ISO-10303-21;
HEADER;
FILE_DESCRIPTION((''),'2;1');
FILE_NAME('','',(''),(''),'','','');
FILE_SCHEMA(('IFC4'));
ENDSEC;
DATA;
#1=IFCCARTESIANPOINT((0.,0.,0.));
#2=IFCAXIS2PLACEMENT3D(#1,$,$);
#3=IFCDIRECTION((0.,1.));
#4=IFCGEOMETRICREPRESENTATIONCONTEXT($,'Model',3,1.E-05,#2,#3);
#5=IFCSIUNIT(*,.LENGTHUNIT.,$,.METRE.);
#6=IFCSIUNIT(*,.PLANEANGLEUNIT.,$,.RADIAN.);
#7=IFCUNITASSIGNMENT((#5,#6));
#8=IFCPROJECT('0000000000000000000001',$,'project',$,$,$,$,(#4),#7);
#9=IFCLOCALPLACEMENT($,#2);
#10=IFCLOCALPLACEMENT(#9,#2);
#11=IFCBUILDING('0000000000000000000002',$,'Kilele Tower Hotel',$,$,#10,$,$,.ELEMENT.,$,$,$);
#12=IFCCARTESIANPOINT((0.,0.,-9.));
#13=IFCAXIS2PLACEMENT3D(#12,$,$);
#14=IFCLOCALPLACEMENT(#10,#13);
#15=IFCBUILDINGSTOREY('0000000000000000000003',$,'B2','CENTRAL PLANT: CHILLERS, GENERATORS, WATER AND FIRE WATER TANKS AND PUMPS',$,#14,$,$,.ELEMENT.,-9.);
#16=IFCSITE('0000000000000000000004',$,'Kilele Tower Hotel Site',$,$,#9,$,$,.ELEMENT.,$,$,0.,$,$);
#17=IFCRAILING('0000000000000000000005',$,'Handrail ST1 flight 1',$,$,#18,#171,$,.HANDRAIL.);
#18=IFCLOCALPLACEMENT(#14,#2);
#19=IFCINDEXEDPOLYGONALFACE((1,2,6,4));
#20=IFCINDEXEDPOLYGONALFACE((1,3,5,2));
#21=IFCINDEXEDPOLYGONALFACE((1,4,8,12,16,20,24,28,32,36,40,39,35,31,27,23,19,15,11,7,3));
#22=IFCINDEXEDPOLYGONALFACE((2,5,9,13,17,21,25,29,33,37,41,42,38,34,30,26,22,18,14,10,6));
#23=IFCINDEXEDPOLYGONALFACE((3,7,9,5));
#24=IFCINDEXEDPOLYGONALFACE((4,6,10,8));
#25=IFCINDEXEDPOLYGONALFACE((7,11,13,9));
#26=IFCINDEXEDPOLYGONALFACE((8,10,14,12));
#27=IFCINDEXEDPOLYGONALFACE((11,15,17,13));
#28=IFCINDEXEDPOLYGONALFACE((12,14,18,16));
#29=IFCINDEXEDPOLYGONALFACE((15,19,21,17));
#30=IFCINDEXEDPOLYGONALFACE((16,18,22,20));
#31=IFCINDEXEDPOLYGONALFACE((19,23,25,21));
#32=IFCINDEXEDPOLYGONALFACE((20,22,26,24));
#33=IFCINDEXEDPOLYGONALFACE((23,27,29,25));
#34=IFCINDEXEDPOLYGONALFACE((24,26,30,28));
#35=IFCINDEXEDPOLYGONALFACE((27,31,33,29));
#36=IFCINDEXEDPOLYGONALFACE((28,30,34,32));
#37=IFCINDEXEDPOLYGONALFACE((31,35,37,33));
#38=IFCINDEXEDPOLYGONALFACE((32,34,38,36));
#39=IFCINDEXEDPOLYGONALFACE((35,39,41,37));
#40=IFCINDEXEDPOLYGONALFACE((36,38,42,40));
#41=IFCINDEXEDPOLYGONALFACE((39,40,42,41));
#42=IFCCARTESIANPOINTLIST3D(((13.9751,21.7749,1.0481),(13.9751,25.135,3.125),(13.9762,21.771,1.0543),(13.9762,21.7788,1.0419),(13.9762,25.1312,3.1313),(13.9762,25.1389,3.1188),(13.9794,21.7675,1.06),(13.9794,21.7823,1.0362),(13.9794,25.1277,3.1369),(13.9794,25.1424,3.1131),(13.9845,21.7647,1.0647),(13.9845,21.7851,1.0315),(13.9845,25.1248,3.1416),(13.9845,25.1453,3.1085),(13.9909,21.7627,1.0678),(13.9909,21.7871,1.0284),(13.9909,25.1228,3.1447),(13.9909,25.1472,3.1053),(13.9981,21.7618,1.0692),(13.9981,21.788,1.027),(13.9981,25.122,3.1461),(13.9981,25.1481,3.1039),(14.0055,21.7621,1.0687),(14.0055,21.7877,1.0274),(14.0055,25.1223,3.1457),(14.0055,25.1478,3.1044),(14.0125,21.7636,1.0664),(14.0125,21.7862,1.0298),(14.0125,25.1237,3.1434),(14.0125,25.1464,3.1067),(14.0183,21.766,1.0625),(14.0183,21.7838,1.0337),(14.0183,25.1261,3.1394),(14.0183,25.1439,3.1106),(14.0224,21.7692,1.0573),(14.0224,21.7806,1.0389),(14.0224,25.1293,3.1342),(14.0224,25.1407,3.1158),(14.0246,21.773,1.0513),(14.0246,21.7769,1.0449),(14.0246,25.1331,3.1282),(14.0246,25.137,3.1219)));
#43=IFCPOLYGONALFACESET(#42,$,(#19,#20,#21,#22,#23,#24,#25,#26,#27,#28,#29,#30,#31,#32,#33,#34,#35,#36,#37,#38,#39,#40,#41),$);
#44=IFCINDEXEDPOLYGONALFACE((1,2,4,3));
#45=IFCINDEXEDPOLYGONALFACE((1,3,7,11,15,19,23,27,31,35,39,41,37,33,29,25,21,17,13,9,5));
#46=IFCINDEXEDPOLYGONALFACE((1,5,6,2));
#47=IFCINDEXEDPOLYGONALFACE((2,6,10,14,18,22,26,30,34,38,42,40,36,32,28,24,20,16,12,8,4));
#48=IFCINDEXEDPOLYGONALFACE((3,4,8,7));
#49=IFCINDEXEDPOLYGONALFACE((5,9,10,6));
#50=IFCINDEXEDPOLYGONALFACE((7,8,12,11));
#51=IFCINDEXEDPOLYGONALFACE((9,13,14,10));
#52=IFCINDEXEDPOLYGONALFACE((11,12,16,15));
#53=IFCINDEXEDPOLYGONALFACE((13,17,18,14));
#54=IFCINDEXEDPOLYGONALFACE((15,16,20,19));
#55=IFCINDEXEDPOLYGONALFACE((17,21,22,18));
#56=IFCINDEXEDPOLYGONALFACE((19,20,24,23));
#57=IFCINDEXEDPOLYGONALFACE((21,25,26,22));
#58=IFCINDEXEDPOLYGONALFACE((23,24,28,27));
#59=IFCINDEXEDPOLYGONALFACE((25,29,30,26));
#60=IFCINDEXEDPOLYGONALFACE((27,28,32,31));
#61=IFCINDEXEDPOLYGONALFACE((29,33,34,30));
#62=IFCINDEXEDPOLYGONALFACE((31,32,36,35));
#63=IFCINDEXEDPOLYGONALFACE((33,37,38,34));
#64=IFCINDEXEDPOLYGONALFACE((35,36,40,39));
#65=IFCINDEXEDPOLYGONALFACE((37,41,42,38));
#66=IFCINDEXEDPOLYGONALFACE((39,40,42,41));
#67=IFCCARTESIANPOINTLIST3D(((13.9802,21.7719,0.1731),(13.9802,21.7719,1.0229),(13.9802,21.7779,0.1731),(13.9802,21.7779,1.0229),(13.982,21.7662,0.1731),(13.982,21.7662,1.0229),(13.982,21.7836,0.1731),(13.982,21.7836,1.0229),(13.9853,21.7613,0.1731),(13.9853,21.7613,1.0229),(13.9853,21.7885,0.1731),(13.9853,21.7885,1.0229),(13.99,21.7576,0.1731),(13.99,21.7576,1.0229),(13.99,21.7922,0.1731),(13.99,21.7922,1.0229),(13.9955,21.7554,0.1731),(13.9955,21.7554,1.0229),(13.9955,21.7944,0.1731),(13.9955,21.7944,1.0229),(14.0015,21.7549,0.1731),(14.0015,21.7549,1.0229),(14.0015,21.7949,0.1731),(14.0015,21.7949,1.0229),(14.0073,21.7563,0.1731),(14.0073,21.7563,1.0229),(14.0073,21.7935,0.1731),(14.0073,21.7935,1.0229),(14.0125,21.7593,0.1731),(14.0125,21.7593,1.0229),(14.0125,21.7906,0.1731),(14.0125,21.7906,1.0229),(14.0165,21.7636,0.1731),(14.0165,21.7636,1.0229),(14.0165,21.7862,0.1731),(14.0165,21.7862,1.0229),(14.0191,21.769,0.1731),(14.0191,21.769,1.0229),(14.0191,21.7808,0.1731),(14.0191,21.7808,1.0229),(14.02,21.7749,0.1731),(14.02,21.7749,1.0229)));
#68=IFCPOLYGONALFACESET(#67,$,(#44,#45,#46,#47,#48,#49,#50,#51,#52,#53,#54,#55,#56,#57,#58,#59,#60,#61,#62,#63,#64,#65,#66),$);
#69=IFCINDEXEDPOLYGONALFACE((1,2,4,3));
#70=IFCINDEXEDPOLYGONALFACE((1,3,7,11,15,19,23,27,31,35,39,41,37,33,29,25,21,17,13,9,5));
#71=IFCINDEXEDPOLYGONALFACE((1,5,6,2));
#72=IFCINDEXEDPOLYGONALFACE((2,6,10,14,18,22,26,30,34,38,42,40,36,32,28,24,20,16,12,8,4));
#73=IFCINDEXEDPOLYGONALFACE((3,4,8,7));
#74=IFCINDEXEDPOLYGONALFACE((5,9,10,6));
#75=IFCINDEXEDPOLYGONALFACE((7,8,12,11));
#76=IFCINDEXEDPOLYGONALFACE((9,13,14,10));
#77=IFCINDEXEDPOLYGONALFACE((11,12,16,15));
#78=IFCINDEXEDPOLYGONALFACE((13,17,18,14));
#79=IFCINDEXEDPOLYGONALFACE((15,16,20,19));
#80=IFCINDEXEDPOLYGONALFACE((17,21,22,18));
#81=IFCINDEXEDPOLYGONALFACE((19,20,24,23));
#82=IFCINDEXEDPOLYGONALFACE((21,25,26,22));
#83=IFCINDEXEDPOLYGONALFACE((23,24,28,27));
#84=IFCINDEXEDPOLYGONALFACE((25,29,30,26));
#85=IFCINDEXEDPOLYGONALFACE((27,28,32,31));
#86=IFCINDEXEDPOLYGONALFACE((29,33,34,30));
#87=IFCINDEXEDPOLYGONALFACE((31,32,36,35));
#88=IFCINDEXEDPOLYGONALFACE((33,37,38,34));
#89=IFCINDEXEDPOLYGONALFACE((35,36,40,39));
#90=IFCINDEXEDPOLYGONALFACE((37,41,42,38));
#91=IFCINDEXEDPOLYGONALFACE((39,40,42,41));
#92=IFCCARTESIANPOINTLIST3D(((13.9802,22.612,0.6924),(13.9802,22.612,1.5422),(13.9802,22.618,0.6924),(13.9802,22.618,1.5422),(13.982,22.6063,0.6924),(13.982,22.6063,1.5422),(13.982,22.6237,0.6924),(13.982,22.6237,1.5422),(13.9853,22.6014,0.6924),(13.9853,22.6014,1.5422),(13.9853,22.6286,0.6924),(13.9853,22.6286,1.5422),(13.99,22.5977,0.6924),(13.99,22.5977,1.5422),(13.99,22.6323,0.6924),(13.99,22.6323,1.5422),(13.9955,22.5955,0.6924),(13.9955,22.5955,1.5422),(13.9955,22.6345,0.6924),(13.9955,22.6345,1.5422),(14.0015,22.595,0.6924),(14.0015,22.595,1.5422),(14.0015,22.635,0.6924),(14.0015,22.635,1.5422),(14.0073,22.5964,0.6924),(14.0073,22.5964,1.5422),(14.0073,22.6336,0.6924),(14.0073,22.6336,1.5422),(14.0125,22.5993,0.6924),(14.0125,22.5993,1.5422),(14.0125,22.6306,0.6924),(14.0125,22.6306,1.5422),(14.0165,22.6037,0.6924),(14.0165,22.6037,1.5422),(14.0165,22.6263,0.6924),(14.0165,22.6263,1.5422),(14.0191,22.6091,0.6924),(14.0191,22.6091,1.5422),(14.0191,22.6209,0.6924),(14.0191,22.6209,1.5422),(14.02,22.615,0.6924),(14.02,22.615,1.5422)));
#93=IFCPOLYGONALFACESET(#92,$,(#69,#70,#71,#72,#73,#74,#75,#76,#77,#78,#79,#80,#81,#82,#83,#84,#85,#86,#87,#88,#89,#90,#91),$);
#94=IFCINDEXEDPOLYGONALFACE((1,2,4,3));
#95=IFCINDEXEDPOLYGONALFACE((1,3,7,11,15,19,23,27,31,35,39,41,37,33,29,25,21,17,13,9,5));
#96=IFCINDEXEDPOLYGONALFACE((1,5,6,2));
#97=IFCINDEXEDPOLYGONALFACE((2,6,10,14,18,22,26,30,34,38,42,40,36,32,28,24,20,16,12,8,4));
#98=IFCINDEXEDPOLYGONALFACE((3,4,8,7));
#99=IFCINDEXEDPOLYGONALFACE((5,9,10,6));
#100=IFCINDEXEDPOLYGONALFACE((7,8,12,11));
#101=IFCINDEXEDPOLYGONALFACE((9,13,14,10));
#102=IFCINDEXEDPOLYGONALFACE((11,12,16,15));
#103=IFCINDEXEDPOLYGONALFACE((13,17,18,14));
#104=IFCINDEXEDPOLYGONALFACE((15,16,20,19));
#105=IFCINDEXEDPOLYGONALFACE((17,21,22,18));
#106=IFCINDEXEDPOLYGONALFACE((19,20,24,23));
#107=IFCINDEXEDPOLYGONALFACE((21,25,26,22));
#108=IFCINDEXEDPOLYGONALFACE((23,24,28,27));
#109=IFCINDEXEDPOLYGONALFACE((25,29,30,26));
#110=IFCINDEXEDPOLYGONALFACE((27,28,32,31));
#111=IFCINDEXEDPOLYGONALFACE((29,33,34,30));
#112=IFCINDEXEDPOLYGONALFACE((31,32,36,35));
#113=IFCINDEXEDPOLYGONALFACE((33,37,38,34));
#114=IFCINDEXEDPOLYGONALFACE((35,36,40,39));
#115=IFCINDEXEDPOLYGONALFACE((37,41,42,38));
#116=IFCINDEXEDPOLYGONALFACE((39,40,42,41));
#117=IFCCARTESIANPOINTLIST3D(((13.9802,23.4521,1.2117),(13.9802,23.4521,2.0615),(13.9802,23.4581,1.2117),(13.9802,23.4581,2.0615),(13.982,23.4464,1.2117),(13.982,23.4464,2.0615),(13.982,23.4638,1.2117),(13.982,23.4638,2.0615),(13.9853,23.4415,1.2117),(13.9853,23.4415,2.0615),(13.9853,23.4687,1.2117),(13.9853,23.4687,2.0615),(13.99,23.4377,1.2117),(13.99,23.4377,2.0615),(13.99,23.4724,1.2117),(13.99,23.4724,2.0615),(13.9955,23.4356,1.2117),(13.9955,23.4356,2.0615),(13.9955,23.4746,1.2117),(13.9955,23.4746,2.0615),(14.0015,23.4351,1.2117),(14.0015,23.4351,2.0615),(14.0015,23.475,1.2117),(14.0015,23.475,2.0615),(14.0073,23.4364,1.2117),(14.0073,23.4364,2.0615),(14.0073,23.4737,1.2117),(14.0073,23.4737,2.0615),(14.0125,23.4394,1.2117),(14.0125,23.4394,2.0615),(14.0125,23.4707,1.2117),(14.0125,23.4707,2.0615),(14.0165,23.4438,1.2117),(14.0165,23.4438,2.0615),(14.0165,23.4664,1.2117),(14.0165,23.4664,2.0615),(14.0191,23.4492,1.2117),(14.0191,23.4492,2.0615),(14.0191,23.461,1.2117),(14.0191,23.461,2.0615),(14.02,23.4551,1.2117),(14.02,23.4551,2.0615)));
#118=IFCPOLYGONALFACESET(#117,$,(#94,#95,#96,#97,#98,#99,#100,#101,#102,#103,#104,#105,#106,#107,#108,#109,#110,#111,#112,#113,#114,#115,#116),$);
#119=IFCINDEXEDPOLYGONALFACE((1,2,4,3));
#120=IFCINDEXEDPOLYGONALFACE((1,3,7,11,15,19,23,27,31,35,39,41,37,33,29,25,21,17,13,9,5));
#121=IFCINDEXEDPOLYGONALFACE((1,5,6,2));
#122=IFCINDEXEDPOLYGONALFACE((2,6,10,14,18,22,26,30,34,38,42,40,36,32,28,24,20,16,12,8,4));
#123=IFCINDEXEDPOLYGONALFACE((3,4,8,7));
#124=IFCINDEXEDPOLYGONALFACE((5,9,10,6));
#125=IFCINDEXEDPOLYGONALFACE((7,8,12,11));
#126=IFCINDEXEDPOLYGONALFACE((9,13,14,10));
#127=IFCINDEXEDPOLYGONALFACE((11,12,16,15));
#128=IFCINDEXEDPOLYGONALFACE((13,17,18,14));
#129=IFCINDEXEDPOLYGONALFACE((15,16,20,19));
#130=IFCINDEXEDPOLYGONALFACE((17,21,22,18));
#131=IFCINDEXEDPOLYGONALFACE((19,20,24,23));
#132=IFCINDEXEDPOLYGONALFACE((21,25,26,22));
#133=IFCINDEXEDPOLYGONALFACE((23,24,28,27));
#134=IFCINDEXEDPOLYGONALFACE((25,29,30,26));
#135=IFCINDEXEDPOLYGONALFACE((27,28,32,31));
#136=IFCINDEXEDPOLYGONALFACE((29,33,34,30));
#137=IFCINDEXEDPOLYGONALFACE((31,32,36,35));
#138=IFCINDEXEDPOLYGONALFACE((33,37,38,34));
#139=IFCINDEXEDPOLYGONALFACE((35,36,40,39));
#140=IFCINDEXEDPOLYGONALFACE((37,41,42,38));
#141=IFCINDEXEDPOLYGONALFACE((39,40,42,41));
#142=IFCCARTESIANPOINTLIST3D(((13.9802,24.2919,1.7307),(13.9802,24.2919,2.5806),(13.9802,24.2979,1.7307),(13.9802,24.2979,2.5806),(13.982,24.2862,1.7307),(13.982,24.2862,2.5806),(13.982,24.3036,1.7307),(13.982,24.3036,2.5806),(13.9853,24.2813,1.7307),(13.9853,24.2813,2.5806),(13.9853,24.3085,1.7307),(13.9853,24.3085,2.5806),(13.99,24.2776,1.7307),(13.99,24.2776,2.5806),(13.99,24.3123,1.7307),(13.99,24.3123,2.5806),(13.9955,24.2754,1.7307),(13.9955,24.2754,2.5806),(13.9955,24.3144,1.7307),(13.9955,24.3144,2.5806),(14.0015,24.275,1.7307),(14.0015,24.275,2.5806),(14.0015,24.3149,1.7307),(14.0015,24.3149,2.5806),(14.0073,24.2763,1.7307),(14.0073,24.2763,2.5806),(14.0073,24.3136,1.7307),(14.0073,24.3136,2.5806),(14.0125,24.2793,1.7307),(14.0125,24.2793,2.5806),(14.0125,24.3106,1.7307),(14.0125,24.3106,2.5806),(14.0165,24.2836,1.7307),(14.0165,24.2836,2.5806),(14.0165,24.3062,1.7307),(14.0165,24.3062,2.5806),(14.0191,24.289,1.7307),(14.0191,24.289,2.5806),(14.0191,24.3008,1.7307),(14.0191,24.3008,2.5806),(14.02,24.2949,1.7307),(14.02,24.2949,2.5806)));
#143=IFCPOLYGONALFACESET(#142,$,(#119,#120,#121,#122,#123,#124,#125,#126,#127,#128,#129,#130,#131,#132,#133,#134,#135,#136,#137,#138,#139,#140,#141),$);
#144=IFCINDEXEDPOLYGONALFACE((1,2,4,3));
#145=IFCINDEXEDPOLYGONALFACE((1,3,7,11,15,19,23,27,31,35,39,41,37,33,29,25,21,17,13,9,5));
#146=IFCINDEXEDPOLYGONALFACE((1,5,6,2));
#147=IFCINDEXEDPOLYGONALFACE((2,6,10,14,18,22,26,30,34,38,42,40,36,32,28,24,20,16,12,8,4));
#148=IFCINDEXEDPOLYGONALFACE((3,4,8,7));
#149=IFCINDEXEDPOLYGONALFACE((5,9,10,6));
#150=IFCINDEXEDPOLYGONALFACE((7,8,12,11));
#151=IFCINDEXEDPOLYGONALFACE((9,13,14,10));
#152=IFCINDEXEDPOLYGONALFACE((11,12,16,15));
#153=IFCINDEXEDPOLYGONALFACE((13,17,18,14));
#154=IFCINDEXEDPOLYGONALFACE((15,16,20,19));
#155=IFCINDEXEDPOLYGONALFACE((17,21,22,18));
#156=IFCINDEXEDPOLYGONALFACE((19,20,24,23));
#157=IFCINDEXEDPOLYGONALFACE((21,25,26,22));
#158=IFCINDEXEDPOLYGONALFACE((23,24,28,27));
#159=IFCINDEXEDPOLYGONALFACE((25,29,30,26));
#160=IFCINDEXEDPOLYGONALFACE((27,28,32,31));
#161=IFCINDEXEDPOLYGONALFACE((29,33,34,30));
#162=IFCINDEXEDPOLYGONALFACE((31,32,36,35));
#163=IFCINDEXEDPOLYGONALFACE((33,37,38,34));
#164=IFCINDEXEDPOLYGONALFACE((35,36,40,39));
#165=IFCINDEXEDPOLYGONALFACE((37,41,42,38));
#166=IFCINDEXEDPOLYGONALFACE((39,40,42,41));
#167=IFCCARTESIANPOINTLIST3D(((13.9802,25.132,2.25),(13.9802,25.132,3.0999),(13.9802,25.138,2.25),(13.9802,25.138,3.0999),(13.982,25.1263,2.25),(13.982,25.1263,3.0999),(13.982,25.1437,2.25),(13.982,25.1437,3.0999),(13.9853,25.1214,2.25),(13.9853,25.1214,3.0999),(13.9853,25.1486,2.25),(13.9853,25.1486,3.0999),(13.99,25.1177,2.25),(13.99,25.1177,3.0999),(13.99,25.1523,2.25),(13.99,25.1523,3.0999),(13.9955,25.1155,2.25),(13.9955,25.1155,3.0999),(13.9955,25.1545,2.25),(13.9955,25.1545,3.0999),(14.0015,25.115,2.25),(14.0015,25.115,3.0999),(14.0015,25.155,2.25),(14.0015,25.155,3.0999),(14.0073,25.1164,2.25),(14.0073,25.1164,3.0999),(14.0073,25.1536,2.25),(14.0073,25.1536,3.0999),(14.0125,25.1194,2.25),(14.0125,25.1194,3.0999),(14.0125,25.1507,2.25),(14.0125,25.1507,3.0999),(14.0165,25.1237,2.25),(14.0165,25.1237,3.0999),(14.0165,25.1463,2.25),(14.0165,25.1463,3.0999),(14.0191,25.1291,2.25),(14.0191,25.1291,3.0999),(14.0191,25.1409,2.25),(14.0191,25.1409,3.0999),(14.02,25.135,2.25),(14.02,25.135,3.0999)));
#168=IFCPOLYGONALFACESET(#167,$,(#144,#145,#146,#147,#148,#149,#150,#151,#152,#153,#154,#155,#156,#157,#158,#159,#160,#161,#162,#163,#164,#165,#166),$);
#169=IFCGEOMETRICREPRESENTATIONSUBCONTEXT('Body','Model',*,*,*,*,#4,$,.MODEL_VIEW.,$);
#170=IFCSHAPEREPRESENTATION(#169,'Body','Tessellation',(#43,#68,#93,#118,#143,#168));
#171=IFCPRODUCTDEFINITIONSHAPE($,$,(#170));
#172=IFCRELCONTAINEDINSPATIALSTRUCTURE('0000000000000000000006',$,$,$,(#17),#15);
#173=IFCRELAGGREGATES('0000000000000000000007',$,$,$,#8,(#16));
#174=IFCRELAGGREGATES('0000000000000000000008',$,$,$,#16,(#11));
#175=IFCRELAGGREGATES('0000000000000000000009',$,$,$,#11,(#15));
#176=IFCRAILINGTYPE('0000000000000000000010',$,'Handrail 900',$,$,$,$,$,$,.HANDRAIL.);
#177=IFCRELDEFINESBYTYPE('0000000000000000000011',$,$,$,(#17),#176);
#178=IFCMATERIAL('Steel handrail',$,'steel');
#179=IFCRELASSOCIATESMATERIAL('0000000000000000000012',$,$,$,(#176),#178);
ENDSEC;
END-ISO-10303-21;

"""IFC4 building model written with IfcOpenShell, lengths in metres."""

from ifc_helpers import new_model, si_unit, direction, frame, origin, origin_2d, place, context, subcontext, project, spatial, circle, extrude, material, type_object, element, save


model = new_model("IFC4")

# Units and contexts
model_context = context("Model", 3, precision=1e-05, world=origin(), true_north=direction((0.0, 1.0)))
body_context = subcontext(model_context, "Body", "Model", "MODEL_VIEW")
ifc_project = project(units=[si_unit("LENGTHUNIT", "METRE"), si_unit("PLANEANGLEUNIT", "RADIAN")], contexts=[model_context])

# Site, building, storey
site_placement = place(None, origin())
site = spatial("IfcSite", under=ifc_project, at=site_placement, Name="Kilele Tower Hotel Site", CompositionType="ELEMENT", RefElevation=0.0)
building_placement = place(site_placement, origin())
building = spatial("IfcBuilding", under=site, at=building_placement, Name="Kilele Tower Hotel", CompositionType="ELEMENT")
storey_placement = place(building_placement, frame((0.0, 0.0, -9.0)))
storey = spatial("IfcBuildingStorey", under=building, at=storey_placement, Name="B2", Description="CENTRAL PLANT: CHILLERS, GENERATORS, WATER AND FIRE WATER TANKS AND PUMPS", CompositionType="ELEMENT", Elevation=-9.0)

# Railing
ifc_material_1 = material(Name="Steel handrail", Category="steel")
railing_type = type_object("IfcRailingType", Name="Handrail 900", PredefinedType="HANDRAIL", material=ifc_material_1)
railing_placement = place(storey_placement, frame((14.0, 21.7749, 0.1731)))
element("IfcRailing", 1, at=railing_placement, inside=storey, type_object=railing_type, Name="Handrail ST1 flight 1", PredefinedType="HANDRAIL", context=body_context, shape_type="SweptSolid", body=[
    extrude(circle(Radius=0.0249, at=origin_2d()), frame((0.0, 0.0, 0.875), z_axis=(0.0, 0.850623, 0.525776), x_axis=(-1.0, 0.0, 0.0)), (0.0, 0.0, 1.0), 3.9502),
    extrude(circle(Radius=0.02, at=origin_2d()), origin(), (0.0, 0.0, 1.0), 0.8499),
    extrude(circle(Radius=0.02, at=origin_2d()), frame((0.0, 0.8401, 0.5193)), (0.0, 0.0, 1.0), 0.8499),
    extrude(circle(Radius=0.02, at=origin_2d()), frame((0.0, 1.6802, 1.0386)), (0.0, 0.0, 1.0), 0.8499),
    extrude(circle(Radius=0.02, at=origin_2d()), frame((0.0, 2.52, 1.5576)), (0.0, 0.0, 1.0), 0.8499),
    extrude(circle(Radius=0.02, at=origin_2d()), frame((0.0, 3.3601, 2.0769)), (0.0, 0.0, 1.0), 0.8499),
])

save(model, "model.ifc")
